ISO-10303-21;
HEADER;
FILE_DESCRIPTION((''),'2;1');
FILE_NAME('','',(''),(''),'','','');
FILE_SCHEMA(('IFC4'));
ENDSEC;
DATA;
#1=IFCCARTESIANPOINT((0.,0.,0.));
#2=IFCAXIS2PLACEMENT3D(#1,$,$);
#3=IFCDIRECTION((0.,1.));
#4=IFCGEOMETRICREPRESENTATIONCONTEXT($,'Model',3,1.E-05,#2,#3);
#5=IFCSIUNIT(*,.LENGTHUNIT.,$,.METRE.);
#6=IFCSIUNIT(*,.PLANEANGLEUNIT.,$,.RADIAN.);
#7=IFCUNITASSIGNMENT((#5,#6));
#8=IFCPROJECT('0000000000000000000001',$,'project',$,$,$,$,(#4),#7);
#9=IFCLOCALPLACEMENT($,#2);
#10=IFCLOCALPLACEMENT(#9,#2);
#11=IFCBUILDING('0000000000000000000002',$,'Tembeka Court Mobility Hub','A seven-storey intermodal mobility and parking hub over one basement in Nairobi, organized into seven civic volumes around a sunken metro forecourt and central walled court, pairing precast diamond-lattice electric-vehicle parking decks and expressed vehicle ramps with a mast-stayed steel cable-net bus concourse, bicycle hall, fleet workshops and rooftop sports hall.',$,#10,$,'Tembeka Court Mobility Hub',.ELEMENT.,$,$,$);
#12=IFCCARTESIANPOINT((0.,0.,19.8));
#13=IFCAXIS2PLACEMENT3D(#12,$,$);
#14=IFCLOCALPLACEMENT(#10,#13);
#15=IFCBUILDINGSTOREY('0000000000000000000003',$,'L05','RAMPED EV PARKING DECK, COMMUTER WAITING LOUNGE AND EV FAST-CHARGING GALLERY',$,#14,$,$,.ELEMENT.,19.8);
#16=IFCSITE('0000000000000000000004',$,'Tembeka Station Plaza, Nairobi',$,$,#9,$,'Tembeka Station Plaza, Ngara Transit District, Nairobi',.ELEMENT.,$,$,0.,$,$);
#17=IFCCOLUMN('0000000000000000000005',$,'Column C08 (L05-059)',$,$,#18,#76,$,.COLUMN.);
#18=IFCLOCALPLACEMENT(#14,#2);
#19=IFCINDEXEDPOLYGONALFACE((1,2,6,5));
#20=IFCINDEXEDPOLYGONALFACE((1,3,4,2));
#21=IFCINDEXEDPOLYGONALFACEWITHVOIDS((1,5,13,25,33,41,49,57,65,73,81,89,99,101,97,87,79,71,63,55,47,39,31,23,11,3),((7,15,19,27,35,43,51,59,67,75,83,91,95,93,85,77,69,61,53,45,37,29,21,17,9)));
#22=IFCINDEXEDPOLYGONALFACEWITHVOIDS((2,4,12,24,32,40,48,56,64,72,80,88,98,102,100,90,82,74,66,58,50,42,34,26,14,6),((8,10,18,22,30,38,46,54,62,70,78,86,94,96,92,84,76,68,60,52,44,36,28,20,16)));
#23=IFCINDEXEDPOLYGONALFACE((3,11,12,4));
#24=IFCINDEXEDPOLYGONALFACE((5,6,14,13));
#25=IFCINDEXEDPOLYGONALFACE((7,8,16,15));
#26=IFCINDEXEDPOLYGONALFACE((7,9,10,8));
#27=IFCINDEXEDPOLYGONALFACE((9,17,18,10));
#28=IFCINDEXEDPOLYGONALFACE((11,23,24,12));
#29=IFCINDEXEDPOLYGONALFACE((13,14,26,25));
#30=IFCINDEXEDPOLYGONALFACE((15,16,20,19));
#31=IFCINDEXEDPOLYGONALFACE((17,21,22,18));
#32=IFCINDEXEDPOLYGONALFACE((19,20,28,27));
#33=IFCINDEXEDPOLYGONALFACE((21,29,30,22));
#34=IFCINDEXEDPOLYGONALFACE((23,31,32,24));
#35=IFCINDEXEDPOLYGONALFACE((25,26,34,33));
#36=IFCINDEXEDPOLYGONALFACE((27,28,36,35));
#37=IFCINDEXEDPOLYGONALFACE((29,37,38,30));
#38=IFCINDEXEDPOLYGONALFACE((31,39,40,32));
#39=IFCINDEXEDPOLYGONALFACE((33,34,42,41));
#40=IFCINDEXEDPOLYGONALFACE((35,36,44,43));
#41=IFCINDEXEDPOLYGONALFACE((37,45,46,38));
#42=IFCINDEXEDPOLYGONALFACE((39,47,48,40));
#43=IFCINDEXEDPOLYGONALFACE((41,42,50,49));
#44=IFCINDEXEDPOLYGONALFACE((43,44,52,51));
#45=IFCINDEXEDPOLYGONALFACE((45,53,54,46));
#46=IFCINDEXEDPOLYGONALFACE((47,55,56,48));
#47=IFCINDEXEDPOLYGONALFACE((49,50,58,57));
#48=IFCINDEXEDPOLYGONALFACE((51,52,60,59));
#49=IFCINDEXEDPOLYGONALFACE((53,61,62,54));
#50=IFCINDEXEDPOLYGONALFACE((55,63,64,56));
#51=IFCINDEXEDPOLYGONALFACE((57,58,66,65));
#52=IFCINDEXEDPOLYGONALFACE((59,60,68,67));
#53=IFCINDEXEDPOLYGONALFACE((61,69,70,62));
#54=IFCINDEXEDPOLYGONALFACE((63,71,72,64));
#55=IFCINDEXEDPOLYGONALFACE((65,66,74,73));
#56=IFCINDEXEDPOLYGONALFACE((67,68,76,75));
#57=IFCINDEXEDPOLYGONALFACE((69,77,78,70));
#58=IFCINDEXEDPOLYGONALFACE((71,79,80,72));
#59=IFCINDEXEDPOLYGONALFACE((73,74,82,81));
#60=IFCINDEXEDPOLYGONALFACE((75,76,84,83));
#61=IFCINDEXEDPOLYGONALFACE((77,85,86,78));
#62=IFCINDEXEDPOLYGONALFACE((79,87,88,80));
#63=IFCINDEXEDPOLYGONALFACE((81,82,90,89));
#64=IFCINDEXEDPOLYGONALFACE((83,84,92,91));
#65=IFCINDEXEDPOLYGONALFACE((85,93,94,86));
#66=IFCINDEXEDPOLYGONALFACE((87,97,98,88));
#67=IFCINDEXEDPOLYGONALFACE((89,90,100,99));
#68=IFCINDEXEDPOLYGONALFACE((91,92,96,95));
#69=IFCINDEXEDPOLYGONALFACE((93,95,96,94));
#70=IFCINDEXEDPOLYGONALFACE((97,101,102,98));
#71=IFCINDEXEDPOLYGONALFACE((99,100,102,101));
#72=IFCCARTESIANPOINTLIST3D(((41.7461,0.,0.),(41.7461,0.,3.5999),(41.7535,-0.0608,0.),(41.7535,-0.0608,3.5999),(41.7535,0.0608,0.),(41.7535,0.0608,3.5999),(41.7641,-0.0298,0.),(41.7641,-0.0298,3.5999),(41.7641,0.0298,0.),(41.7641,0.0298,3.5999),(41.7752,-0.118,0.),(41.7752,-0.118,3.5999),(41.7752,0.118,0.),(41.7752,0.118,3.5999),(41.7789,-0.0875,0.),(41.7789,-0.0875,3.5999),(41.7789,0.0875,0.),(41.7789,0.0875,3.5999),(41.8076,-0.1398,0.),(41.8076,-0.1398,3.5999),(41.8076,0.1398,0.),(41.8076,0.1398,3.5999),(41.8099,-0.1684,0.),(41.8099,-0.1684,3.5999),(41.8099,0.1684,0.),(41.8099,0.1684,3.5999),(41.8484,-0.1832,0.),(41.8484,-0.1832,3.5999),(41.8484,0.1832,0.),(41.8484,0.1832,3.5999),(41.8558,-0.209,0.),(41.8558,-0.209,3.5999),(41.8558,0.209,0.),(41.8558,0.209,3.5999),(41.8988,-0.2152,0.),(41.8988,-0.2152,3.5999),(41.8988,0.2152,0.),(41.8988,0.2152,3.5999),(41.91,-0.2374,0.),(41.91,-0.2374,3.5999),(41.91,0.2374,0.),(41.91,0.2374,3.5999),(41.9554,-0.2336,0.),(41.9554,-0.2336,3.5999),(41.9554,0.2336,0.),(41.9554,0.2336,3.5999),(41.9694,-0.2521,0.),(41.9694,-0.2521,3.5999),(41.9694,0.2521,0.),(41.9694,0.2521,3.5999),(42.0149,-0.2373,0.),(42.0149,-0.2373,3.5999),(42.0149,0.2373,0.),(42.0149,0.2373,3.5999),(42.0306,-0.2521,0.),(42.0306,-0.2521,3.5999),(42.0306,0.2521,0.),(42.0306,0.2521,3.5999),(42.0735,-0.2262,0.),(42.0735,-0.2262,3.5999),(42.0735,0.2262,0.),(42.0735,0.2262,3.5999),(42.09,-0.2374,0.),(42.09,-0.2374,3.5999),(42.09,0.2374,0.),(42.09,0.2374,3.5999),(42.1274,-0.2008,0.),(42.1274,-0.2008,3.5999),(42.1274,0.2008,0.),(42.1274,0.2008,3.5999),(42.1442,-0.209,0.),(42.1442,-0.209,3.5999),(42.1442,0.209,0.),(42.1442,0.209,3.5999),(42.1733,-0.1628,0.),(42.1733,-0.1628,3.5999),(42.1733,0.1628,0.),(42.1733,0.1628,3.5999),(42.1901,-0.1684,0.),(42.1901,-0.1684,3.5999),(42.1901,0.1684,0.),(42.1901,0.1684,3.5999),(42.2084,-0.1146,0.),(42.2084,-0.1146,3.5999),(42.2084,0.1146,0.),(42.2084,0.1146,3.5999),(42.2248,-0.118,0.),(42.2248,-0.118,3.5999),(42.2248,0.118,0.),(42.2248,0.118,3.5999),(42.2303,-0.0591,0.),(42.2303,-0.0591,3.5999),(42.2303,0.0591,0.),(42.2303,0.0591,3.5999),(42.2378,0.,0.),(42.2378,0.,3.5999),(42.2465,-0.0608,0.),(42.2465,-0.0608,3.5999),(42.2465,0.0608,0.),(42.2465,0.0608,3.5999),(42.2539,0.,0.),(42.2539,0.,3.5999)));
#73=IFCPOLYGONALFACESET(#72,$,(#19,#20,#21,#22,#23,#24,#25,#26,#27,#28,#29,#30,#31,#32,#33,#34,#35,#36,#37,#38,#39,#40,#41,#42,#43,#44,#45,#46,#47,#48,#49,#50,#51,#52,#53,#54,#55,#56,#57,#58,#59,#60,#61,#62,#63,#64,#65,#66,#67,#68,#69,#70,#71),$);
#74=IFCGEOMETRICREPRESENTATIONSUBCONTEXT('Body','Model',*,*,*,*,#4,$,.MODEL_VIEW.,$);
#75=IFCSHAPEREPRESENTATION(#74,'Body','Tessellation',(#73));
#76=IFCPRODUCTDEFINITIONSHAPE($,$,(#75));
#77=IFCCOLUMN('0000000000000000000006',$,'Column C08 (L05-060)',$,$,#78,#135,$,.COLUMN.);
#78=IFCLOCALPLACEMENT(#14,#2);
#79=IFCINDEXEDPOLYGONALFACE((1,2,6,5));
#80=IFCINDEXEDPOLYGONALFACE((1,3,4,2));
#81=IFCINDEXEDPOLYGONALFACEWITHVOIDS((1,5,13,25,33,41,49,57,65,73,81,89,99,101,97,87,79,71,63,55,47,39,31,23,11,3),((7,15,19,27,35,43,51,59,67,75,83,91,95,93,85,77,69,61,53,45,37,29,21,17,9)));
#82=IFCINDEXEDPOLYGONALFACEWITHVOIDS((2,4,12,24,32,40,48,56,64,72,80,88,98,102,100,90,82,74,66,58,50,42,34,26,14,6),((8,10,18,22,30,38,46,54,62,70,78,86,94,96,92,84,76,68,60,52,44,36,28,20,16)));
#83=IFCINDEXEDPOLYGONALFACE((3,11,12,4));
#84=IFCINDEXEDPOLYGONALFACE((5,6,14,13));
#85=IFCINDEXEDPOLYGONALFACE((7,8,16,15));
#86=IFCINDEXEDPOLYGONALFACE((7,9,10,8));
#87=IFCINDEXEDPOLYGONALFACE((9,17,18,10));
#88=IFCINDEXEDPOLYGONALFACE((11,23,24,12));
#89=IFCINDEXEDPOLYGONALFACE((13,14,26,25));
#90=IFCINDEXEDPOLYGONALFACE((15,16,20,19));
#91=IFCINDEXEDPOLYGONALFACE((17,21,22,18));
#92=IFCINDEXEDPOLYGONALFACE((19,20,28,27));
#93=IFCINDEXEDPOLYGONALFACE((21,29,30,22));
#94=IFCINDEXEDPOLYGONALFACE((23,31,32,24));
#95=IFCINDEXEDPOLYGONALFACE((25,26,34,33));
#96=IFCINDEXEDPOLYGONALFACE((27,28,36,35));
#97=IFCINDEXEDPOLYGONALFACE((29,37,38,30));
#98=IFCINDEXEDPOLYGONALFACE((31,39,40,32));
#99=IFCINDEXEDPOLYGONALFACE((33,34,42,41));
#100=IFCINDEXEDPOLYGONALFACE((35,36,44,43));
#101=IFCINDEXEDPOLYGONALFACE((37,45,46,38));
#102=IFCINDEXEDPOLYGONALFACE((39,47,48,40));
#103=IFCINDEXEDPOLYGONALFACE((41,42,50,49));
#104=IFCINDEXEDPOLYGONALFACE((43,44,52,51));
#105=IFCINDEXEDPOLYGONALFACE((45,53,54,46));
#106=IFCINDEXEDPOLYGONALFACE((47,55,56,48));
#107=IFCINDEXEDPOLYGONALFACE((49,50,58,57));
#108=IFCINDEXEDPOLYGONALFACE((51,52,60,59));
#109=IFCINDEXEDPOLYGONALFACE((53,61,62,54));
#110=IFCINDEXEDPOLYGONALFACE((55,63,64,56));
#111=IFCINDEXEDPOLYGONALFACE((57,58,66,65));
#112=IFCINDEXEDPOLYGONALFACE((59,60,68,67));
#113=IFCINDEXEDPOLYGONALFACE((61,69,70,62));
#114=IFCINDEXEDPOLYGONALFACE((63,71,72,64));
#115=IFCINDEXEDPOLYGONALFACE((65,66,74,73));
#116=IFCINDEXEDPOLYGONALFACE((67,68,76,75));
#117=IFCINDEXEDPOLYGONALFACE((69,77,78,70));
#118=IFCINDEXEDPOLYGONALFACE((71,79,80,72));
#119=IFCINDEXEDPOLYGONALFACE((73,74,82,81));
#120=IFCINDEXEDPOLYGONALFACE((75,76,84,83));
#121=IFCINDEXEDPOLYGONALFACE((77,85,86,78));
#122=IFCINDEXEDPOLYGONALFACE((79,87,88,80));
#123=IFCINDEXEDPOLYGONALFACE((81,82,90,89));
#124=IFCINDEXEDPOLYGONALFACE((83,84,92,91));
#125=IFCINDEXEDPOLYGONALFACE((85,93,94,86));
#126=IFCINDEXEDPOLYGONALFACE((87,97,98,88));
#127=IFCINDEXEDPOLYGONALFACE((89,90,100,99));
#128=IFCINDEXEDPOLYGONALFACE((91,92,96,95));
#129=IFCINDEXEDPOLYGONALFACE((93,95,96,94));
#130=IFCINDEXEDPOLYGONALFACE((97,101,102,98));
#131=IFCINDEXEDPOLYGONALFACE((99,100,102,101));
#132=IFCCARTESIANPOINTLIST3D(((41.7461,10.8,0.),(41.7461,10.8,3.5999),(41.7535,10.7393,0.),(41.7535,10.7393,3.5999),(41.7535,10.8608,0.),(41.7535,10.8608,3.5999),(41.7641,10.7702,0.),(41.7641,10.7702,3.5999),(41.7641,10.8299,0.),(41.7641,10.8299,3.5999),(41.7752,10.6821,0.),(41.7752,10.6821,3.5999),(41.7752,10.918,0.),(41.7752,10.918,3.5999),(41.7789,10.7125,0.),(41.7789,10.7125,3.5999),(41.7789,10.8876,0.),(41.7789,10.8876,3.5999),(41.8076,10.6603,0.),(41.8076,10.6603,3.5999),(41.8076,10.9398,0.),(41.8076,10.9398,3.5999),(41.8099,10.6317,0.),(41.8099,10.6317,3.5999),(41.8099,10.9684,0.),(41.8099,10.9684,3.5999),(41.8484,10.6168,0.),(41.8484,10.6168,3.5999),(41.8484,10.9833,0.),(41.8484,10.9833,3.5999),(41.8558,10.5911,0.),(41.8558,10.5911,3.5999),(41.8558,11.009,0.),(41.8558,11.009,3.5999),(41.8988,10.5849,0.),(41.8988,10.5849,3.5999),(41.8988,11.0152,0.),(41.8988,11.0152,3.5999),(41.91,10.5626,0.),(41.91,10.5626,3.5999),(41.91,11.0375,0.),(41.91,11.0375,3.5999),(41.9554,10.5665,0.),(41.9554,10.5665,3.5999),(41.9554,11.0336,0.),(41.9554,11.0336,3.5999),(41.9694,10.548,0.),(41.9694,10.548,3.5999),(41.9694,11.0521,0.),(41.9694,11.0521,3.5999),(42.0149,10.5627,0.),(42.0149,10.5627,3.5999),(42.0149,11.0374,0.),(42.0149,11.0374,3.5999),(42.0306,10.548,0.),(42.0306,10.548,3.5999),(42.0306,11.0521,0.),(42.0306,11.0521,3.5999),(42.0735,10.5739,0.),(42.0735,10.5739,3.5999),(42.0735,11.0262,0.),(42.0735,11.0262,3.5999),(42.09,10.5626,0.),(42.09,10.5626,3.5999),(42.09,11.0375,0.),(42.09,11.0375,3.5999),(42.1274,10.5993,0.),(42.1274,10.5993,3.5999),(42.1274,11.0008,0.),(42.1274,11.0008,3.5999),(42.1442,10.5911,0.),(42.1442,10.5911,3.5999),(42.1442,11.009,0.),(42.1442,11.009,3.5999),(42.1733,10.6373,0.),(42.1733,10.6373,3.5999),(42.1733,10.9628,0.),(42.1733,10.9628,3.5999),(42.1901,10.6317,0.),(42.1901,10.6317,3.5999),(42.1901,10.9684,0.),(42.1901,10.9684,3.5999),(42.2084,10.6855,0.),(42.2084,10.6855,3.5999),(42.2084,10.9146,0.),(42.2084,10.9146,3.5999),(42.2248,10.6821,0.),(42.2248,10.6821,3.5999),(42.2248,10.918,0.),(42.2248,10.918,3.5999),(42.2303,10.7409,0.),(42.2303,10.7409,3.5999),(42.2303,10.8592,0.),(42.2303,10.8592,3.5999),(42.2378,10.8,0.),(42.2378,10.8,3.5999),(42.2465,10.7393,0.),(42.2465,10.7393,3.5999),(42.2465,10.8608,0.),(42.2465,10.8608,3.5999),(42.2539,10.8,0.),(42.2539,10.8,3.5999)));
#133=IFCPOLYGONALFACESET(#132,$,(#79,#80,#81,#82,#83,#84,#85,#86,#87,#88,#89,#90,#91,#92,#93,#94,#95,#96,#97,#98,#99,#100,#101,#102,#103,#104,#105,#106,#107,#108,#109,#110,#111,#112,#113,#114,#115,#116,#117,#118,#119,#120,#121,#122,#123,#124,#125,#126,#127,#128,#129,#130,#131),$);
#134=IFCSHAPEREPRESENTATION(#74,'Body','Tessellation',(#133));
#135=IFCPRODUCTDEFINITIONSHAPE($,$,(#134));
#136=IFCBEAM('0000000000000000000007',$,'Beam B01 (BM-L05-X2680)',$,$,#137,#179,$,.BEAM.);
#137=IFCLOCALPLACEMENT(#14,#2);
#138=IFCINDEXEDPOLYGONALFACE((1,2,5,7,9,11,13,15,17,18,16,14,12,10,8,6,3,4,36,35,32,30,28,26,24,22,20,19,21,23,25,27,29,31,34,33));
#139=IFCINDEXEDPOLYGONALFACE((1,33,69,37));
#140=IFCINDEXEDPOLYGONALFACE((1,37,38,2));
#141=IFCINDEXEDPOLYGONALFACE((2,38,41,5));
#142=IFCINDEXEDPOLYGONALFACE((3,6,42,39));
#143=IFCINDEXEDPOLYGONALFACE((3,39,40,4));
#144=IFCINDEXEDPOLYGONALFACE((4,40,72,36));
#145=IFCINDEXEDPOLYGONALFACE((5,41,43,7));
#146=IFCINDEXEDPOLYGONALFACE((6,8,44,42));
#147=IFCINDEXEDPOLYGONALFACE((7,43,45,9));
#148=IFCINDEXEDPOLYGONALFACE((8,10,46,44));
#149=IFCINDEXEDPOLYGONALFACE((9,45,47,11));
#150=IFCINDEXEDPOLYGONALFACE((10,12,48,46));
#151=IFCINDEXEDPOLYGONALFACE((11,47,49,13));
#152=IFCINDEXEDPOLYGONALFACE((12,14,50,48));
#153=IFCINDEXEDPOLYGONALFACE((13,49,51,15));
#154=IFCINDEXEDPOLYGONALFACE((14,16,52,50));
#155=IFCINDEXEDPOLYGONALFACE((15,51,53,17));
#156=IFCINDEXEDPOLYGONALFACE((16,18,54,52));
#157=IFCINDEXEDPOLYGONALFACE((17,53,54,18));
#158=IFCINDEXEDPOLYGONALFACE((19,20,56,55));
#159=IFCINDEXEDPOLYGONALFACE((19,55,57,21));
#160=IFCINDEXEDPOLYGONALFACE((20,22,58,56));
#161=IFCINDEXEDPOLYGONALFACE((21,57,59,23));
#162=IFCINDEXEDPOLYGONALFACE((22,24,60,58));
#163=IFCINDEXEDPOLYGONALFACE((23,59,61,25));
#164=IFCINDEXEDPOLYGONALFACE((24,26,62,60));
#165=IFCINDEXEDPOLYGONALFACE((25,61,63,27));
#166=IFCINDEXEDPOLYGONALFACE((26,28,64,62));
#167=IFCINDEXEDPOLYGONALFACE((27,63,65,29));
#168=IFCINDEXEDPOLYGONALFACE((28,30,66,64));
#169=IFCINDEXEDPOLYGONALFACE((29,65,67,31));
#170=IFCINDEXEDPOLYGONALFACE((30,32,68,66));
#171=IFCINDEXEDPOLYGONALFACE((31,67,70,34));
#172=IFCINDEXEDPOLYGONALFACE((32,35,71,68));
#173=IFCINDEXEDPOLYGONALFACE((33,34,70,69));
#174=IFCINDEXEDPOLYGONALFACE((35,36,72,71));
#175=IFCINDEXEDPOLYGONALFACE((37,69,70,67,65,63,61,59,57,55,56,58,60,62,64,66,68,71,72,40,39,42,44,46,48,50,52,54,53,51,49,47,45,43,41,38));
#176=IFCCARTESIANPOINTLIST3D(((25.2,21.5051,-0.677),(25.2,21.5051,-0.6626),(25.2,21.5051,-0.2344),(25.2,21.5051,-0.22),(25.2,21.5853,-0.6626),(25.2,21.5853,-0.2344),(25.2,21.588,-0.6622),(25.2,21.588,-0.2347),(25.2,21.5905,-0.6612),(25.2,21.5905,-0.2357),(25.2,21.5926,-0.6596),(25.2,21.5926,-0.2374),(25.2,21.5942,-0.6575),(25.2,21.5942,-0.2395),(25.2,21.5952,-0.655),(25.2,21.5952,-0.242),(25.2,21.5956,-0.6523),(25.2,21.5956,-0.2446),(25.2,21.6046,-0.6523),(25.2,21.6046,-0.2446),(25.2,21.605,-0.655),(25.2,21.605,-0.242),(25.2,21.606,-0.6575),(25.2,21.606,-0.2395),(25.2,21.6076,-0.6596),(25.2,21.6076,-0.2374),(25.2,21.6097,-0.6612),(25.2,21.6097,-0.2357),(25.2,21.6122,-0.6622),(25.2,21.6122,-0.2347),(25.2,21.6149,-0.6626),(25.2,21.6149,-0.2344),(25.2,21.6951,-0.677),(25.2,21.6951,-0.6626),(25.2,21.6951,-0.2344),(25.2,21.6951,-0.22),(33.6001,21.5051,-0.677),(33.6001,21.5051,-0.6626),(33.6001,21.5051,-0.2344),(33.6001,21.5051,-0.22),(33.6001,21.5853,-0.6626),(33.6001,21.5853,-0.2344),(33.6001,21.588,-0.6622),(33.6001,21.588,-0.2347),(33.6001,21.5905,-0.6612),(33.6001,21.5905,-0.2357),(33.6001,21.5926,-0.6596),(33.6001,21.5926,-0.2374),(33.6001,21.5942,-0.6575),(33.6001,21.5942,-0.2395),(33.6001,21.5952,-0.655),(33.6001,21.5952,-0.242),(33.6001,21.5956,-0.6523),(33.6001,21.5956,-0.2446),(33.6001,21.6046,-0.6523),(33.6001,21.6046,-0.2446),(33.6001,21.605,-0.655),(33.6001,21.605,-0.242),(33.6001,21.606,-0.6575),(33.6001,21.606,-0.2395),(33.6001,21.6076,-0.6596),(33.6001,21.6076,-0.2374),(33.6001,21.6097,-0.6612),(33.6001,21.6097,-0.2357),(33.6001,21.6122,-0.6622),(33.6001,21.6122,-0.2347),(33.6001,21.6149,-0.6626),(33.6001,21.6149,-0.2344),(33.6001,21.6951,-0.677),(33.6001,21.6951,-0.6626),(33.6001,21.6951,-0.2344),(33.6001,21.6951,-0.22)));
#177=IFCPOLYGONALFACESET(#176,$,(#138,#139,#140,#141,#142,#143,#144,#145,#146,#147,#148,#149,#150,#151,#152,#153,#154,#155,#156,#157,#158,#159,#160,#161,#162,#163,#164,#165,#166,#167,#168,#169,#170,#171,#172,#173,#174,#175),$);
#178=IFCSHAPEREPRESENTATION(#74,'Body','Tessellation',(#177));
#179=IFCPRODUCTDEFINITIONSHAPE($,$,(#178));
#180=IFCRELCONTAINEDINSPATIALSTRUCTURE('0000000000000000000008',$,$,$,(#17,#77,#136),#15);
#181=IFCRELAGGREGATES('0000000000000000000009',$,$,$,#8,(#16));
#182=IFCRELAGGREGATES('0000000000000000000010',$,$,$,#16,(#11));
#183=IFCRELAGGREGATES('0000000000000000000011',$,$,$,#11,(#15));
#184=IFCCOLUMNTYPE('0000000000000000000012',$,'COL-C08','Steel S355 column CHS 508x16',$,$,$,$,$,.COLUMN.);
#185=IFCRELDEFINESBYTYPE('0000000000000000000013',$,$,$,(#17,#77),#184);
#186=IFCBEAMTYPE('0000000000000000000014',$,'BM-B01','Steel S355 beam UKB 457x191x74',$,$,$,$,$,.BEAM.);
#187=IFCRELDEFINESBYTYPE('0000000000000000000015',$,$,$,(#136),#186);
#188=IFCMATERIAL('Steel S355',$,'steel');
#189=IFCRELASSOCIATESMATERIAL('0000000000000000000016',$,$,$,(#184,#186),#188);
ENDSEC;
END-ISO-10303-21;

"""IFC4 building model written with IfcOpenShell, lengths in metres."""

from ifc_helpers import new_model, si_unit, direction, frame, origin, origin_2d, place, context, subcontext, project, spatial, hollow_circle, i_section, extrude, material, material_profile, profile_set, type_object, element, save


model = new_model("IFC4")

# Units and contexts
model_context = context("Model", 3, precision=1e-05, world=origin(), true_north=direction((0.0, 1.0)))
body_context = subcontext(model_context, "Body", "Model", "MODEL_VIEW")
ifc_project = project(units=[si_unit("LENGTHUNIT", "METRE"), si_unit("PLANEANGLEUNIT", "RADIAN")], contexts=[model_context])

# Site, building, storey
site_placement = place(None, origin())
site = spatial("IfcSite", under=ifc_project, at=site_placement, Name="Tembeka Station Plaza, Nairobi", LongName="Tembeka Station Plaza, Ngara Transit District, Nairobi", CompositionType="ELEMENT", RefElevation=0.0)
building_placement = place(site_placement, origin())
building = spatial("IfcBuilding", under=site, at=building_placement, Name="Tembeka Court Mobility Hub", Description="A seven-storey intermodal mobility and parking hub over one basement in Nairobi, organized into seven civic volumes around a sunken metro forecourt and central walled court, pairing precast diamond-lattice electric-vehicle parking decks and expressed vehicle ramps with a mast-stayed steel cable-net bus concourse, bicycle hall, fleet workshops and rooftop sports hall.", LongName="Tembeka Court Mobility Hub", CompositionType="ELEMENT")
storey_placement = place(building_placement, frame((0.0, 0.0, 19.8)))
storey = spatial("IfcBuildingStorey", under=building, at=storey_placement, Name="L05", Description="RAMPED EV PARKING DECK, COMMUTER WAITING LOUNGE AND EV FAST-CHARGING GALLERY", CompositionType="ELEMENT", Elevation=19.8)

# Columns
ifc_material_1 = material(Name="Steel S355", Category="steel")
ifc_material_profile_1 = material_profile(ifc_material_1, hollow_circle(Radius=0.2539, WallThickness=0.0161, at=origin_2d()), Name="CHS 508x16")
ifc_profile_set_1 = profile_set([ifc_material_profile_1], Name="Steel S355")
column_type_1 = type_object("IfcColumnType", Name="COL-C08", Description="Steel S355 column CHS 508x16", PredefinedType="COLUMN", material=ifc_profile_set_1)
for number, where, z_axis, x_axis, name in (
    (1, (42.0, 0.0, 0.0), (0.0, 0.0, 1.0), (1.0, 0.0, 0.0), "Column C08 (L05-059)"),
    (2, (42.0, 10.8, 0.0), (0.0, 0.0, 1.0), (1.0, 0.0, 0.0), "Column C08 (L05-060)"),
):
    element("IfcColumn", number, at=place(storey_placement, frame(where, z_axis=z_axis, x_axis=x_axis)), inside=storey, type_object=column_type_1, Name=name, PredefinedType="COLUMN", context=body_context, shape_type="SweptSolid", body=[
        extrude(hollow_circle(Radius=0.2539, WallThickness=0.0161, at=origin_2d()), origin(), (0.0, 0.0, 1.0), 3.5999),
    ])

# Beam
ifc_material_profile_2 = material_profile(ifc_material_1, i_section(OverallWidth=0.1899, OverallDepth=0.457, WebThickness=0.009, FlangeThickness=0.0144, FilletRadius=0.0103, at=origin_2d()), Name="UKB 457x191x74")
ifc_profile_set_2 = profile_set([ifc_material_profile_2], Name="Steel S355")
beam_type_1 = type_object("IfcBeamType", Name="BM-B01", Description="Steel S355 beam UKB 457x191x74", PredefinedType="BEAM", material=ifc_profile_set_2)
beam_1_placement = place(storey_placement, frame((25.2, 21.6001, -0.4485), z_axis=(1.0, 0.0, 0.0), x_axis=(0.0, 1.0, 0.0)))
element("IfcBeam", 3, at=beam_1_placement, inside=storey, type_object=beam_type_1, Name="Beam B01 (BM-L05-X2680)", PredefinedType="BEAM", context=body_context, shape_type="SweptSolid", body=[
    extrude(i_section(OverallWidth=0.1899, OverallDepth=0.457, WebThickness=0.009, FlangeThickness=0.0144, FilletRadius=0.0103, at=origin_2d()), origin(), (0.0, 0.0, 1.0), 8.4001),
])

save(model, "model.ifc")
